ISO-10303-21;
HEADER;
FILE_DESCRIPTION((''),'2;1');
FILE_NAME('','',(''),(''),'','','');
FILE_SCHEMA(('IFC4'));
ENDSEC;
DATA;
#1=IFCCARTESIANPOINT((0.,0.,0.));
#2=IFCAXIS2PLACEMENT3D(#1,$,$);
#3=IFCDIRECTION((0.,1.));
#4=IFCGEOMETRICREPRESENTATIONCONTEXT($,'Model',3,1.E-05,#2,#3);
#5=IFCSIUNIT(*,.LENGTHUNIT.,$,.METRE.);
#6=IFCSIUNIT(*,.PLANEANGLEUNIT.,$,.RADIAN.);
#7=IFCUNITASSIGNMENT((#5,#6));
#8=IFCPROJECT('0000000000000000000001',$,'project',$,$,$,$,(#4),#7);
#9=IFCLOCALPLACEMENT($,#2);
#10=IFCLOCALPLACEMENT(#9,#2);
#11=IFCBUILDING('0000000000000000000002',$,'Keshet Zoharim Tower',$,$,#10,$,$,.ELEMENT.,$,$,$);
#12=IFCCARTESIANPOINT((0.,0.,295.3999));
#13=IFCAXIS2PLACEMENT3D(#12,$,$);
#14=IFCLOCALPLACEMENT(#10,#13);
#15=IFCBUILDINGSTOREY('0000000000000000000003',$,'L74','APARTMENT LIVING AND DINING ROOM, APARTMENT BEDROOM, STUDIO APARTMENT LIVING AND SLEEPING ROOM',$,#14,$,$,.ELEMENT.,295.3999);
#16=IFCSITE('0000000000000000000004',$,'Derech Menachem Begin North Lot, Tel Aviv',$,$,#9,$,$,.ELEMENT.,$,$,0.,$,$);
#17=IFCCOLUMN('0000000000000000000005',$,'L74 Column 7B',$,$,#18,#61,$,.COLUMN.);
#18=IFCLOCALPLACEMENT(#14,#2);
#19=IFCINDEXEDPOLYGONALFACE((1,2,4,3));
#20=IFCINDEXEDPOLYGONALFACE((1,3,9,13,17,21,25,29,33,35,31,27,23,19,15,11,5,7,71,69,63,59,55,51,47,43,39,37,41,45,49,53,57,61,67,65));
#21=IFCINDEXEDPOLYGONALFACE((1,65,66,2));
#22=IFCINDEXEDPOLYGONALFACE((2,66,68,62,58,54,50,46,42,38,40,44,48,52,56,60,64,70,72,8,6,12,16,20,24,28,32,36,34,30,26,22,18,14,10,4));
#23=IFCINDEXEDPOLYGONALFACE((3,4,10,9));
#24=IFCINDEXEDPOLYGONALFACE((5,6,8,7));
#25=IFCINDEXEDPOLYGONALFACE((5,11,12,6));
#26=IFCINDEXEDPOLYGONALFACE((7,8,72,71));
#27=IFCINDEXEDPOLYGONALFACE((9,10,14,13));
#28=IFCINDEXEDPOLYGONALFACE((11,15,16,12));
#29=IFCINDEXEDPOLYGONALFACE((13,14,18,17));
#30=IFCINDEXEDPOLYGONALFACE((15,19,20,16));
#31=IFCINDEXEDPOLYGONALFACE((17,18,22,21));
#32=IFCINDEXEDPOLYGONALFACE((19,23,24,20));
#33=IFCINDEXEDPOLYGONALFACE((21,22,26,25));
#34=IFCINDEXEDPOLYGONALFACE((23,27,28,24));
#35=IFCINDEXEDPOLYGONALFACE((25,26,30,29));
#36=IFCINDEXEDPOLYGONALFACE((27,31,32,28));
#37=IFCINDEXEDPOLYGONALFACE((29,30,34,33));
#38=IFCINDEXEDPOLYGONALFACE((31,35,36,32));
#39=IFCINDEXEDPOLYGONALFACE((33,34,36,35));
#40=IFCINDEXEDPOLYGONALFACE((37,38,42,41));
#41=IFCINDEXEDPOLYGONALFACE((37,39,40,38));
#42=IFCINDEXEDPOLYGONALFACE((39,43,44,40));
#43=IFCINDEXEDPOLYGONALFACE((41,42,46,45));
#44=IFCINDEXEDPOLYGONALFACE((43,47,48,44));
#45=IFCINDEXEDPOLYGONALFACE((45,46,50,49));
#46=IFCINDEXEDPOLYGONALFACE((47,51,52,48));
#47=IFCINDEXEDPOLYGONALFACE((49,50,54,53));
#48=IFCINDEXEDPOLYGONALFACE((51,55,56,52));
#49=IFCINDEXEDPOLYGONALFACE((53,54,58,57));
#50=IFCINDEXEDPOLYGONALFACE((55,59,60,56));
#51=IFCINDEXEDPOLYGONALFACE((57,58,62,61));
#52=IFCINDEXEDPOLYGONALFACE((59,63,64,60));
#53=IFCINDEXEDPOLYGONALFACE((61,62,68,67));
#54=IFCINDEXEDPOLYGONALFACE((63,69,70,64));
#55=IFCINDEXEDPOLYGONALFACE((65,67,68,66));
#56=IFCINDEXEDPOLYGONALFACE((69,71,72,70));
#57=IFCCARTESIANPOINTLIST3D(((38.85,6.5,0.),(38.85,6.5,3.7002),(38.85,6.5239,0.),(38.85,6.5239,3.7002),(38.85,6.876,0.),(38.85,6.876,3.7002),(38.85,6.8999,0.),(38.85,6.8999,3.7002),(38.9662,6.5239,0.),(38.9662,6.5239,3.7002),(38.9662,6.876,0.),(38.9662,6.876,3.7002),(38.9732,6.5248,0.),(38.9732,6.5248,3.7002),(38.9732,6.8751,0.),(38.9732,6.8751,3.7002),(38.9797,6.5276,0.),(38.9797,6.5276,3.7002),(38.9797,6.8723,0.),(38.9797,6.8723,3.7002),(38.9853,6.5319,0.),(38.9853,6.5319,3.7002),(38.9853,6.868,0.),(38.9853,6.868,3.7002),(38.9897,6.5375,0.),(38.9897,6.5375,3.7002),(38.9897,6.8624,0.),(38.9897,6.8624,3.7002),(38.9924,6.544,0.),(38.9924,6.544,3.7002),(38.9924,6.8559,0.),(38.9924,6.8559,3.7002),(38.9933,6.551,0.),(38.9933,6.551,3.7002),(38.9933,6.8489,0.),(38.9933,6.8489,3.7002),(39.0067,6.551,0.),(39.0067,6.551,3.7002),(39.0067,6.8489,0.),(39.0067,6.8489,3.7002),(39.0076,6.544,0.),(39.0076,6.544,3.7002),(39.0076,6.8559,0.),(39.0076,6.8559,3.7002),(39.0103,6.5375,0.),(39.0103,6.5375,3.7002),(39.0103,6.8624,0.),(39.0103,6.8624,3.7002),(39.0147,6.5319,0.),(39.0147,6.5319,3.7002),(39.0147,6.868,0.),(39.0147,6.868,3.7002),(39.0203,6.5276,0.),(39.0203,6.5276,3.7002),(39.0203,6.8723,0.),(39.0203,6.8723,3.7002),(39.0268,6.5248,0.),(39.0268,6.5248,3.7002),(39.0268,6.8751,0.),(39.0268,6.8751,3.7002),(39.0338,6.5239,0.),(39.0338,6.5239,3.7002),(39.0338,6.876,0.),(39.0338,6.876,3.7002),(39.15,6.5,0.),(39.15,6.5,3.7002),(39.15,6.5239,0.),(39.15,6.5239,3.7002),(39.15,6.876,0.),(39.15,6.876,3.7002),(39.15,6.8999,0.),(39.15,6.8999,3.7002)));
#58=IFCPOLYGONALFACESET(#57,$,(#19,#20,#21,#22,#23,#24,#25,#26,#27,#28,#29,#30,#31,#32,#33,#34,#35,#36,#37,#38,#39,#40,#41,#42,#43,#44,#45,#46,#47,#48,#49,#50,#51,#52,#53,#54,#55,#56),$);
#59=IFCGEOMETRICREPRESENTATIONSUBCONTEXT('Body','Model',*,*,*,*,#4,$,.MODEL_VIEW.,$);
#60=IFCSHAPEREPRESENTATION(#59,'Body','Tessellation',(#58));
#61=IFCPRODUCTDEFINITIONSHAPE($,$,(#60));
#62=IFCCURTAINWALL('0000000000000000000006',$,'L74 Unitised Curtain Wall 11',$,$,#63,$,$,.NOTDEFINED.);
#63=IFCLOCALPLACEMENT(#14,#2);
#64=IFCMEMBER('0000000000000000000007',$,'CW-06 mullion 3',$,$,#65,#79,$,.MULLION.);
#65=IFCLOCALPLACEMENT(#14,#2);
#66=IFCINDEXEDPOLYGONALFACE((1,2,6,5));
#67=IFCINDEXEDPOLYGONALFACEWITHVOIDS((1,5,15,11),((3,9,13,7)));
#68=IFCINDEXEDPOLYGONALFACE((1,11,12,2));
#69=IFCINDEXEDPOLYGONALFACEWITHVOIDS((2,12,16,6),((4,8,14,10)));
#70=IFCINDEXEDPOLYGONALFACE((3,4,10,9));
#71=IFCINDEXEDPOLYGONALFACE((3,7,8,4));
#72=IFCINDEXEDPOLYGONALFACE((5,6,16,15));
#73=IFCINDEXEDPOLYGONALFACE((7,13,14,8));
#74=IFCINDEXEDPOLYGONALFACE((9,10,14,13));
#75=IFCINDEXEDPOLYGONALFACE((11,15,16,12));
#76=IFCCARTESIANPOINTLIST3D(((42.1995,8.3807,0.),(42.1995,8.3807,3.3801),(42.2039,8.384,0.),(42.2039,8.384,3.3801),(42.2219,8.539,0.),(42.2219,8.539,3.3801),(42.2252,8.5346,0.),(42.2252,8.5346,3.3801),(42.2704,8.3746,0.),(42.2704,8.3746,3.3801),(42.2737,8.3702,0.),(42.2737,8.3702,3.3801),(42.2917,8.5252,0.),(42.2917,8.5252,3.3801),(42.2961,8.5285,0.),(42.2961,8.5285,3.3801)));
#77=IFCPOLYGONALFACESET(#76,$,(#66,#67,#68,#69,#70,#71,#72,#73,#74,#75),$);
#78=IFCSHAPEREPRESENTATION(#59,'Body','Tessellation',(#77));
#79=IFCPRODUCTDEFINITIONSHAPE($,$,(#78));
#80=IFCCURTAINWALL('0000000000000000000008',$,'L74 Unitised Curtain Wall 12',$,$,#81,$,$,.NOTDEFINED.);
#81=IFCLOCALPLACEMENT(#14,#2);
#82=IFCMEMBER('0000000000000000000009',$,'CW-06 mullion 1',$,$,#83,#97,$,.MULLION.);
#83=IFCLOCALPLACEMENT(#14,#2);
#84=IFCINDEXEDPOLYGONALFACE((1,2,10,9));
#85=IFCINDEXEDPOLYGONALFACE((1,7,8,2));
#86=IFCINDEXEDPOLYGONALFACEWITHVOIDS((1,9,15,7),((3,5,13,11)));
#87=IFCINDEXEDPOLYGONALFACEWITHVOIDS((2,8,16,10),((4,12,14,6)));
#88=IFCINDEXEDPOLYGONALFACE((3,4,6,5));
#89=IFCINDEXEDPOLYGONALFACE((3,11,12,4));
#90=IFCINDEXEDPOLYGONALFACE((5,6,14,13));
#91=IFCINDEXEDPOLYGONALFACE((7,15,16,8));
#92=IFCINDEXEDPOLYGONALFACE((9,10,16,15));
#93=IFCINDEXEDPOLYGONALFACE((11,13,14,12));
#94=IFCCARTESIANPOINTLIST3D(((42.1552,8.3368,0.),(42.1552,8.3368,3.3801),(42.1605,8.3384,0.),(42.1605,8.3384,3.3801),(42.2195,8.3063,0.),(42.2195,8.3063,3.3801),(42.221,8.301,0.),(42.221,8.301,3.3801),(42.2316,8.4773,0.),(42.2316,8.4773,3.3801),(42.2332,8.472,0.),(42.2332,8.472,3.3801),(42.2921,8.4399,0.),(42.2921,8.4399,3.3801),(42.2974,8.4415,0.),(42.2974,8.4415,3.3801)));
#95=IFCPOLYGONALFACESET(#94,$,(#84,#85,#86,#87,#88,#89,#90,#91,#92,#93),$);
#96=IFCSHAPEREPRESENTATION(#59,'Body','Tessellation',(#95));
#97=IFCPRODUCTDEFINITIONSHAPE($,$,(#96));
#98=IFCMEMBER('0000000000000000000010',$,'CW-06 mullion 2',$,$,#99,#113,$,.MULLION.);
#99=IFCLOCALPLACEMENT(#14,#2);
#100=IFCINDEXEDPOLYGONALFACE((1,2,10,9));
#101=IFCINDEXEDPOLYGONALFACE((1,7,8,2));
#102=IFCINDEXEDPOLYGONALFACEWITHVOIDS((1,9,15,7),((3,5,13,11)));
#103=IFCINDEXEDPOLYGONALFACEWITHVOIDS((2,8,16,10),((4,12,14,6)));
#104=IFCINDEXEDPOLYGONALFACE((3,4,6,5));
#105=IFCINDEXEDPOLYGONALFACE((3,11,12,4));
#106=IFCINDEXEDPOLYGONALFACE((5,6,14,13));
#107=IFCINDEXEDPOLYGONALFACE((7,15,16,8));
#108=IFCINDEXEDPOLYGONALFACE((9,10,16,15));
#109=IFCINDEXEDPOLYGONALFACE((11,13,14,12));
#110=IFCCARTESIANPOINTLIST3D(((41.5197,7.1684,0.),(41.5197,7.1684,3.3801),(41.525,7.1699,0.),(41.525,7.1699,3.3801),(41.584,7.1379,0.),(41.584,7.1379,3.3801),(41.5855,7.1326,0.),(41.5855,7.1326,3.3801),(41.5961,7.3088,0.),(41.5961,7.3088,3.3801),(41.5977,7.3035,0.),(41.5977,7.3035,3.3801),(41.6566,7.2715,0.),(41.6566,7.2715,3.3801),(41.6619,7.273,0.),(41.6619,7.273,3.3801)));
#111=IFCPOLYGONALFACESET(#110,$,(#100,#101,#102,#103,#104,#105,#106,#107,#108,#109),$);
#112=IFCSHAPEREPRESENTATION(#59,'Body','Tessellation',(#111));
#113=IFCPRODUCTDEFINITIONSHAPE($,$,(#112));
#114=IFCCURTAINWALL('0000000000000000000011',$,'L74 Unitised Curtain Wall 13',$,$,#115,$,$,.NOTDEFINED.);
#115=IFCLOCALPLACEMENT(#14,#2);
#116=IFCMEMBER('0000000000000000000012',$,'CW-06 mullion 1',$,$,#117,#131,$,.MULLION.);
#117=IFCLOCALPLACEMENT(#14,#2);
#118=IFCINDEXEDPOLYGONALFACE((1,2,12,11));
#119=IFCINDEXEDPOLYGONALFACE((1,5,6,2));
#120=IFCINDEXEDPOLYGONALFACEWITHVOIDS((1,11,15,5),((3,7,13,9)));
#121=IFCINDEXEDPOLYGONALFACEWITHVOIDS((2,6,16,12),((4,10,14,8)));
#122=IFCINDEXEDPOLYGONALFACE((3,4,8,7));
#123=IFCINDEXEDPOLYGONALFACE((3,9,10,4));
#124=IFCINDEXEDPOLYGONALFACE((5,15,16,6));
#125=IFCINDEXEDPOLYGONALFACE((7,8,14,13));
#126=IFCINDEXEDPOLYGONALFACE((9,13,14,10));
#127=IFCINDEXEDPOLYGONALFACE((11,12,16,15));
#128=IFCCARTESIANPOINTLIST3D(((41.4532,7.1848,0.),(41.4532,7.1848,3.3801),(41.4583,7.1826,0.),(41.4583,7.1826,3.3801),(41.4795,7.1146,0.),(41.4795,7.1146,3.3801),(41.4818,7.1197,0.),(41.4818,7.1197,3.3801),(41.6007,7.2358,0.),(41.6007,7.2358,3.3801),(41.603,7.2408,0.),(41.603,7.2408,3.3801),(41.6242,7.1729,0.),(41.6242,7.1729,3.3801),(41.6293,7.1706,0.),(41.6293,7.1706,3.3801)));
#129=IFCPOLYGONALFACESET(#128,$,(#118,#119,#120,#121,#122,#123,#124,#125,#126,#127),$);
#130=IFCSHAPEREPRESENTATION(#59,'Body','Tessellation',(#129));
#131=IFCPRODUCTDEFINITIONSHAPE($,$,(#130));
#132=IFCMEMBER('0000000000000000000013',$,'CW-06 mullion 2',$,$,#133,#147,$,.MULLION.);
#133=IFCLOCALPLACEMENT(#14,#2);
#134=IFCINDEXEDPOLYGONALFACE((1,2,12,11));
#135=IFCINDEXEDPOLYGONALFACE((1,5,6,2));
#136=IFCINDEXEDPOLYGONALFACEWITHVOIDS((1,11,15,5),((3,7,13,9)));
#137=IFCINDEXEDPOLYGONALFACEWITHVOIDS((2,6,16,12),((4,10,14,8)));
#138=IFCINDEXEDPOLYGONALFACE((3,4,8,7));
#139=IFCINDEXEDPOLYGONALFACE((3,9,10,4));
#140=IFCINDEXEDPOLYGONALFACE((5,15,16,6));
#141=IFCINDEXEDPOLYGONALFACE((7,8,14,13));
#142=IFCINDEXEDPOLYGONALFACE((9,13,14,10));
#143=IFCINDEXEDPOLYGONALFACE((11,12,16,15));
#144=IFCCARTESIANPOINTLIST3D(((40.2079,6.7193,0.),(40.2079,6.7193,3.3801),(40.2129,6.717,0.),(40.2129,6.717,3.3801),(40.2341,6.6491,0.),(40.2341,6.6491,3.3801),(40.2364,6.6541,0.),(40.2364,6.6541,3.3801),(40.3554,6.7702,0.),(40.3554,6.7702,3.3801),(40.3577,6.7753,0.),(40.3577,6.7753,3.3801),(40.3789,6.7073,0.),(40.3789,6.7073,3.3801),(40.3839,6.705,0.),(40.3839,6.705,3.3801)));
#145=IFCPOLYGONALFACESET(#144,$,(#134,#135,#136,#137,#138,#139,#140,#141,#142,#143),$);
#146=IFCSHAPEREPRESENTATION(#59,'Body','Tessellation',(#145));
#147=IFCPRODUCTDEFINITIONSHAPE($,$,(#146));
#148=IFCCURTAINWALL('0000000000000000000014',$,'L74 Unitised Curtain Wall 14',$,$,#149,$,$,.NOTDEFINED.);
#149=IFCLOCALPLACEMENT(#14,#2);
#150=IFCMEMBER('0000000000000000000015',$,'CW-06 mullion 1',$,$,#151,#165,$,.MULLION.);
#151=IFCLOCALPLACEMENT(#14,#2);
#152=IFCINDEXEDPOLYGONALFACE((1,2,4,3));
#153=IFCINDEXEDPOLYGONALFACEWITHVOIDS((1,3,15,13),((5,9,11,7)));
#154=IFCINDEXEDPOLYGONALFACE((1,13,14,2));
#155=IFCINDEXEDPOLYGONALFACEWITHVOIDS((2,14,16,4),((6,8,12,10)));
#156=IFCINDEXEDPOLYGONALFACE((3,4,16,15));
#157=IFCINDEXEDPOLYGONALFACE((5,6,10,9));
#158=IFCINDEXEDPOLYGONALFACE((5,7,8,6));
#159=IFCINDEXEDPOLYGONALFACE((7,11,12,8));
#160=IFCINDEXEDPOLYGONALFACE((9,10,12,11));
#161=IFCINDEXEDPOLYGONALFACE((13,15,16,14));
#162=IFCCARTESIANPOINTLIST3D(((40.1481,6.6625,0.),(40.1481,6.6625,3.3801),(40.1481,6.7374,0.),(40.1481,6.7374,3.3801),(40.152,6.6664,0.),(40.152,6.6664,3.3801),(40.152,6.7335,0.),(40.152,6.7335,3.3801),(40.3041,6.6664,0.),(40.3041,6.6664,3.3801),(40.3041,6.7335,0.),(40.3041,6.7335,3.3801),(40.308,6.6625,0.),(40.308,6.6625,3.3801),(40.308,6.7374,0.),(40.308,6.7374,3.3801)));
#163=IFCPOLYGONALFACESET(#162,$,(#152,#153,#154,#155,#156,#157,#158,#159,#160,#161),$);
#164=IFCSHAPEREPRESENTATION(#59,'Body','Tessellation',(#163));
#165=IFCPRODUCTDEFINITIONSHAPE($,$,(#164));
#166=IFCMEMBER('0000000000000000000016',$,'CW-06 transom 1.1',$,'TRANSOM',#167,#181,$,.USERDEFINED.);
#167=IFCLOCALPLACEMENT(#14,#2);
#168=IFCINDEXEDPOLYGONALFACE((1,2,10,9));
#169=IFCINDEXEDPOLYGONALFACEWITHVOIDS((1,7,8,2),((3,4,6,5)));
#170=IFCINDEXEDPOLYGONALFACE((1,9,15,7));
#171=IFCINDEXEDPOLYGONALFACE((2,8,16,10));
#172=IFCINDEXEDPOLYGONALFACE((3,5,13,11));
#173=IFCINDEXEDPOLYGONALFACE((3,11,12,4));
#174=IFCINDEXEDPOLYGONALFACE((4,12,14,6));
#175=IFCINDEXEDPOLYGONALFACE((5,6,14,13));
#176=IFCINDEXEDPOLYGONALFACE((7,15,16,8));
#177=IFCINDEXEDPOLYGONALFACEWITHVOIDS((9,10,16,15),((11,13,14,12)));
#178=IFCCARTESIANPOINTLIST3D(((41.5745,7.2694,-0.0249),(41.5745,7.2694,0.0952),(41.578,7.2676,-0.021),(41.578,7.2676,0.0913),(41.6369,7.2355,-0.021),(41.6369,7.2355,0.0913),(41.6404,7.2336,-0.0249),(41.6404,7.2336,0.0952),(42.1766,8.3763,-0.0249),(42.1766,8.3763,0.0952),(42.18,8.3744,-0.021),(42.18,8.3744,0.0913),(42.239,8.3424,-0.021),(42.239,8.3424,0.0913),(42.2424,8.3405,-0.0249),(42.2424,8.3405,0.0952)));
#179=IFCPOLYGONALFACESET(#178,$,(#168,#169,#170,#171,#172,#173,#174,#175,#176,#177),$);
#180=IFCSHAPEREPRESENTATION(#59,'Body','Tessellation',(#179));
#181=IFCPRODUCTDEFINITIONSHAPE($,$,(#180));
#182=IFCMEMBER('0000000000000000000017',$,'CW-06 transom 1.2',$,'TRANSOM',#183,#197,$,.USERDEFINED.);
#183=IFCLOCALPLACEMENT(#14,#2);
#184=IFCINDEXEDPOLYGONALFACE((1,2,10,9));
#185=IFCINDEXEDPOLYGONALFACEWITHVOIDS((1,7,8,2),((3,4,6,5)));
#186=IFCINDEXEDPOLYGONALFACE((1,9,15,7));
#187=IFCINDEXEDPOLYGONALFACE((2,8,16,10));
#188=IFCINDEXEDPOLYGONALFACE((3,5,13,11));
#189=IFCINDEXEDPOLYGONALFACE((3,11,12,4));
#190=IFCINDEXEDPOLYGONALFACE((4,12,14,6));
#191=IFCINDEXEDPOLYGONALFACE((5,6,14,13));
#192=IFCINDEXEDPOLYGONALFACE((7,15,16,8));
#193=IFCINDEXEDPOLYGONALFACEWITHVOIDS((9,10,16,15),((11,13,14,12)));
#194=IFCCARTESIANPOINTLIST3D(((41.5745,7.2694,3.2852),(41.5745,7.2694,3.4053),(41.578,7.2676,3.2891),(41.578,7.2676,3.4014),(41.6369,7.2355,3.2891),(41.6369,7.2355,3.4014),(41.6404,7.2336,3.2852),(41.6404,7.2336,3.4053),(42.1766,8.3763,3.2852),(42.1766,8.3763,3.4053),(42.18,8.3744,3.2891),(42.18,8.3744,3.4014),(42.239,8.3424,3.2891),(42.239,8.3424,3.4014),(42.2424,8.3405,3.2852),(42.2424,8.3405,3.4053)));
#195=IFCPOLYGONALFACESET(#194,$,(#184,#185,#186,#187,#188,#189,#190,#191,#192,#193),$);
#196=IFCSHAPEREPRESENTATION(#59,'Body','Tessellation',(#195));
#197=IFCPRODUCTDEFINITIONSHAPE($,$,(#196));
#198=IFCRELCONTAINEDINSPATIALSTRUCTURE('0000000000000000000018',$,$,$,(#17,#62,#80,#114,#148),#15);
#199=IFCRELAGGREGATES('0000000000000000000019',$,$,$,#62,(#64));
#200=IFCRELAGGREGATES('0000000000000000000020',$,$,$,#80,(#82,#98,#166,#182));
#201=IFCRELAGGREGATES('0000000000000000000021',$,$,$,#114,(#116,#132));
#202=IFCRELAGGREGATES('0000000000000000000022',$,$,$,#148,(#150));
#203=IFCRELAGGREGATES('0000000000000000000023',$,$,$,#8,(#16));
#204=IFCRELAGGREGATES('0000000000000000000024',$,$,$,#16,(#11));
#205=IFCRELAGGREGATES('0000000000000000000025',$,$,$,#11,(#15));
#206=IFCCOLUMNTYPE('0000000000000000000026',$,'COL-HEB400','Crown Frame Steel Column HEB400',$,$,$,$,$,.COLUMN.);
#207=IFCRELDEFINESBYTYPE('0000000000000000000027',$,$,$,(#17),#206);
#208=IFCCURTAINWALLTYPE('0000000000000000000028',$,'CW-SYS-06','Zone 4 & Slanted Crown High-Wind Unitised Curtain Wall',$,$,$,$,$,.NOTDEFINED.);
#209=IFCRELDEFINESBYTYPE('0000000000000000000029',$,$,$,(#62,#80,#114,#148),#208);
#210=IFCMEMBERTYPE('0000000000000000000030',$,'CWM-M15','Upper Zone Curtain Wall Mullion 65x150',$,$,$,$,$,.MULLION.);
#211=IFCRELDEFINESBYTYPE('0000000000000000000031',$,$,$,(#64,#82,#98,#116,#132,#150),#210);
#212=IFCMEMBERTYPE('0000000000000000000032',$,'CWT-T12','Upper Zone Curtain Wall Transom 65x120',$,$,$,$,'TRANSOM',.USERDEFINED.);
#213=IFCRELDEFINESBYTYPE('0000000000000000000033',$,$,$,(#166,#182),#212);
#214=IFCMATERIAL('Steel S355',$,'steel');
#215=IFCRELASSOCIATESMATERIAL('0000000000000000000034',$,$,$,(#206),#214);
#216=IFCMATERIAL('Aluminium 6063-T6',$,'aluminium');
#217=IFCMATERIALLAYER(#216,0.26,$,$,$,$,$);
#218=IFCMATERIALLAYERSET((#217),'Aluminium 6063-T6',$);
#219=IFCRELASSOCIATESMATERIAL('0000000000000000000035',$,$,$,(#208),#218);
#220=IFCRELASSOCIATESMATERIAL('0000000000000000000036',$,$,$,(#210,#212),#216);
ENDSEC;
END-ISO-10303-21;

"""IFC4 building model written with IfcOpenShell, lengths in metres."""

from ifc_helpers import new_model, si_unit, direction, frame, origin, origin_2d, place, context, subcontext, project, spatial, hollow_rectangle, i_section, extrude, material, layer, layer_set, material_profile, profile_set, type_object, element, aggregate, save


model = new_model("IFC4")

# Units and contexts
model_context = context("Model", 3, precision=1e-05, world=origin(), true_north=direction((0.0, 1.0)))
body_context = subcontext(model_context, "Body", "Model", "MODEL_VIEW")
ifc_project = project(units=[si_unit("LENGTHUNIT", "METRE"), si_unit("PLANEANGLEUNIT", "RADIAN")], contexts=[model_context])

# Site, building, storey
site_placement = place(None, origin())
site = spatial("IfcSite", under=ifc_project, at=site_placement, Name="Derech Menachem Begin North Lot, Tel Aviv", CompositionType="ELEMENT", RefElevation=0.0)
building_placement = place(site_placement, origin())
building = spatial("IfcBuilding", under=site, at=building_placement, Name="Keshet Zoharim Tower", CompositionType="ELEMENT")
storey_placement = place(building_placement, frame((0.0, 0.0, 295.3999)))
storey = spatial("IfcBuildingStorey", under=building, at=storey_placement, Name="L74", Description="APARTMENT LIVING AND DINING ROOM, APARTMENT BEDROOM, STUDIO APARTMENT LIVING AND SLEEPING ROOM", CompositionType="ELEMENT", Elevation=295.3999)

# Column
ifc_material_1 = material(Name="Steel S355", Category="steel")
ifc_material_profile_1 = material_profile(ifc_material_1, i_section(OverallWidth=0.3, OverallDepth=0.3999, WebThickness=0.0134, FlangeThickness=0.0239, FilletRadius=0.0271, at=origin_2d()), Name="HEB400")
ifc_profile_set_1 = profile_set([ifc_material_profile_1], Name="Steel S355")
column_type = type_object("IfcColumnType", Name="COL-HEB400", Description="Crown Frame Steel Column HEB400", PredefinedType="COLUMN", material=ifc_profile_set_1)
column_placement = place(storey_placement, frame((39.0, 6.7, 0.0), z_axis=(0.0, 0.0, 1.0), x_axis=(1.0, 0.0, 0.0)))
element("IfcColumn", 1, at=column_placement, inside=storey, type_object=column_type, Name="L74 Column 7B", PredefinedType="COLUMN", context=body_context, shape_type="SweptSolid", body=[
    extrude(i_section(OverallWidth=0.3, OverallDepth=0.3999, WebThickness=0.0134, FlangeThickness=0.0239, FilletRadius=0.0271, at=origin_2d()), origin(), (0.0, 0.0, 1.0), 3.7002),
])

# Curtain wall, member
ifc_material_2 = material(Name="Aluminium 6063-T6", Category="aluminium")
ifc_layer_1 = layer(ifc_material_2, 0.26)
ifc_layer_set_1 = layer_set([ifc_layer_1], Name="Aluminium 6063-T6")
curtain_wall_type = type_object("IfcCurtainWallType", Name="CW-SYS-06", Description="Zone 4 & Slanted Crown High-Wind Unitised Curtain Wall", PredefinedType="NOTDEFINED", material=ifc_layer_set_1)
curtain_wall_1_placement = place(storey_placement, origin())
curtain_wall_1 = element("IfcCurtainWall", 2, at=curtain_wall_1_placement, inside=storey, type_object=curtain_wall_type, Name="L74 Unitised Curtain Wall 11", PredefinedType="NOTDEFINED")
ifc_material_profile_2 = material_profile(ifc_material_2, hollow_rectangle(XDim=0.075, YDim=0.1599, WallThickness=0.0039, at=origin_2d()), Name="MUL-75x160")
ifc_profile_set_2 = profile_set([ifc_material_profile_2], Name="Aluminium 6063-T6")
member_type_1 = type_object("IfcMemberType", Name="CWM-M15", Description="Upper Zone Curtain Wall Mullion 65x150", PredefinedType="MULLION", material=ifc_profile_set_2)
member_1_placement = place(storey_placement, frame((42.2478, 8.4546, 0.0), z_axis=(0.0, 0.0, 1.0), x_axis=(0.990132, -0.140137, 0.0)))
member_1 = element("IfcMember", 3, at=member_1_placement, type_object=member_type_1, Name="CW-06 mullion 3", PredefinedType="MULLION", context=body_context, shape_type="SweptSolid", body=[
    extrude(hollow_rectangle(XDim=0.075, YDim=0.1599, WallThickness=0.0039, at=origin_2d()), origin(), (0.0, 0.0, 1.0), 3.3801),
])

# Curtain walls, members
curtain_wall_2_placement = place(storey_placement, origin())
curtain_wall_2 = element("IfcCurtainWall", 4, at=curtain_wall_2_placement, inside=storey, type_object=curtain_wall_type, Name="L74 Unitised Curtain Wall 12", PredefinedType="NOTDEFINED")
member_2_placement = place(storey_placement, frame((42.2263, 8.3892, 0.0), z_axis=(0.0, 0.0, 1.0), x_axis=(0.878468, -0.477801, 0.0)))
member_2 = element("IfcMember", 5, at=member_2_placement, type_object=member_type_1, Name="CW-06 mullion 1", PredefinedType="MULLION", context=body_context, shape_type="SweptSolid", body=[
    extrude(hollow_rectangle(XDim=0.075, YDim=0.1599, WallThickness=0.0039, at=origin_2d()), origin(), (0.0, 0.0, 1.0), 3.3801),
])
member_3_placement = place(storey_placement, frame((41.5908, 7.2207, 0.0), z_axis=(0.0, 0.0, 1.0), x_axis=(0.878468, -0.477801, 0.0)))
member_3 = element("IfcMember", 6, at=member_3_placement, type_object=member_type_1, Name="CW-06 mullion 2", PredefinedType="MULLION", context=body_context, shape_type="SweptSolid", body=[
    extrude(hollow_rectangle(XDim=0.075, YDim=0.1599, WallThickness=0.0039, at=origin_2d()), origin(), (0.0, 0.0, 1.0), 3.3801),
])
curtain_wall_3_placement = place(storey_placement, origin())
curtain_wall_3 = element("IfcCurtainWall", 7, at=curtain_wall_3_placement, inside=storey, type_object=curtain_wall_type, Name="L74 Unitised Curtain Wall 13", PredefinedType="NOTDEFINED")
member_4_placement = place(storey_placement, frame((41.5413, 7.1777, 0.0), z_axis=(0.0, 0.0, 1.0), x_axis=(0.350105, -0.93671, 0.0)))
member_4 = element("IfcMember", 8, at=member_4_placement, type_object=member_type_1, Name="CW-06 mullion 1", PredefinedType="MULLION", context=body_context, shape_type="SweptSolid", body=[
    extrude(hollow_rectangle(XDim=0.075, YDim=0.1599, WallThickness=0.0039, at=origin_2d()), origin(), (0.0, 0.0, 1.0), 3.3801),
])
member_5_placement = place(storey_placement, frame((40.2959, 6.7122, 0.0), z_axis=(0.0, 0.0, 1.0), x_axis=(0.350105, -0.93671, 0.0)))
member_5 = element("IfcMember", 9, at=member_5_placement, type_object=member_type_1, Name="CW-06 mullion 2", PredefinedType="MULLION", context=body_context, shape_type="SweptSolid", body=[
    extrude(hollow_rectangle(XDim=0.075, YDim=0.1599, WallThickness=0.0039, at=origin_2d()), origin(), (0.0, 0.0, 1.0), 3.3801),
])

# Curtain wall, member
curtain_wall_4_placement = place(storey_placement, origin())
curtain_wall_4 = element("IfcCurtainWall", 10, at=curtain_wall_4_placement, inside=storey, type_object=curtain_wall_type, Name="L74 Unitised Curtain Wall 14", PredefinedType="NOTDEFINED")
member_6_placement = place(storey_placement, frame((40.228, 6.7, 0.0), z_axis=(0.0, 0.0, 1.0), x_axis=(0.0, -1.0, 0.0)))
member_6 = element("IfcMember", 11, at=member_6_placement, type_object=member_type_1, Name="CW-06 mullion 1", PredefinedType="MULLION", context=body_context, shape_type="SweptSolid", body=[
    extrude(hollow_rectangle(XDim=0.075, YDim=0.1599, WallThickness=0.0039, at=origin_2d()), origin(), (0.0, 0.0, 1.0), 3.3801),
])

# Members
ifc_material_profile_3 = material_profile(ifc_material_2, hollow_rectangle(XDim=0.075, YDim=0.1201, WallThickness=0.0039, at=origin_2d()), Name="TRN-75x120")
ifc_profile_set_3 = profile_set([ifc_material_profile_3], Name="Aluminium 6063-T6")
member_type_2 = type_object("IfcMemberType", Name="CWT-T12", Description="Upper Zone Curtain Wall Transom 65x120", ElementType="TRANSOM", PredefinedType="USERDEFINED", material=ifc_profile_set_3)
member_7_placement = place(storey_placement, frame((42.2095, 8.3584, 0.0352), z_axis=(-0.477793, -0.878472, 0.0), x_axis=(0.878472, -0.477793, 0.0)))
member_7 = element("IfcMember", 12, at=member_7_placement, type_object=member_type_2, Name="CW-06 transom 1.1", ObjectType="TRANSOM", PredefinedType="USERDEFINED", context=body_context, shape_type="SweptSolid", body=[
    extrude(hollow_rectangle(XDim=0.075, YDim=0.1201, WallThickness=0.0039, at=origin_2d()), origin(), (0.0, 0.0, 1.0), 1.26),
])
member_8_placement = place(storey_placement, frame((42.2095, 8.3584, 3.3452), z_axis=(-0.477793, -0.878472, 0.0), x_axis=(0.878472, -0.477793, 0.0)))
member_8 = element("IfcMember", 13, at=member_8_placement, type_object=member_type_2, Name="CW-06 transom 1.2", ObjectType="TRANSOM", PredefinedType="USERDEFINED", context=body_context, shape_type="SweptSolid", body=[
    extrude(hollow_rectangle(XDim=0.075, YDim=0.1201, WallThickness=0.0039, at=origin_2d()), origin(), (0.0, 0.0, 1.0), 1.26),
])

aggregate(curtain_wall_1, [member_1])
aggregate(curtain_wall_2, [member_2, member_3, member_7, member_8])
aggregate(curtain_wall_3, [member_4, member_5])
aggregate(curtain_wall_4, [member_6])

save(model, "model.ifc")
